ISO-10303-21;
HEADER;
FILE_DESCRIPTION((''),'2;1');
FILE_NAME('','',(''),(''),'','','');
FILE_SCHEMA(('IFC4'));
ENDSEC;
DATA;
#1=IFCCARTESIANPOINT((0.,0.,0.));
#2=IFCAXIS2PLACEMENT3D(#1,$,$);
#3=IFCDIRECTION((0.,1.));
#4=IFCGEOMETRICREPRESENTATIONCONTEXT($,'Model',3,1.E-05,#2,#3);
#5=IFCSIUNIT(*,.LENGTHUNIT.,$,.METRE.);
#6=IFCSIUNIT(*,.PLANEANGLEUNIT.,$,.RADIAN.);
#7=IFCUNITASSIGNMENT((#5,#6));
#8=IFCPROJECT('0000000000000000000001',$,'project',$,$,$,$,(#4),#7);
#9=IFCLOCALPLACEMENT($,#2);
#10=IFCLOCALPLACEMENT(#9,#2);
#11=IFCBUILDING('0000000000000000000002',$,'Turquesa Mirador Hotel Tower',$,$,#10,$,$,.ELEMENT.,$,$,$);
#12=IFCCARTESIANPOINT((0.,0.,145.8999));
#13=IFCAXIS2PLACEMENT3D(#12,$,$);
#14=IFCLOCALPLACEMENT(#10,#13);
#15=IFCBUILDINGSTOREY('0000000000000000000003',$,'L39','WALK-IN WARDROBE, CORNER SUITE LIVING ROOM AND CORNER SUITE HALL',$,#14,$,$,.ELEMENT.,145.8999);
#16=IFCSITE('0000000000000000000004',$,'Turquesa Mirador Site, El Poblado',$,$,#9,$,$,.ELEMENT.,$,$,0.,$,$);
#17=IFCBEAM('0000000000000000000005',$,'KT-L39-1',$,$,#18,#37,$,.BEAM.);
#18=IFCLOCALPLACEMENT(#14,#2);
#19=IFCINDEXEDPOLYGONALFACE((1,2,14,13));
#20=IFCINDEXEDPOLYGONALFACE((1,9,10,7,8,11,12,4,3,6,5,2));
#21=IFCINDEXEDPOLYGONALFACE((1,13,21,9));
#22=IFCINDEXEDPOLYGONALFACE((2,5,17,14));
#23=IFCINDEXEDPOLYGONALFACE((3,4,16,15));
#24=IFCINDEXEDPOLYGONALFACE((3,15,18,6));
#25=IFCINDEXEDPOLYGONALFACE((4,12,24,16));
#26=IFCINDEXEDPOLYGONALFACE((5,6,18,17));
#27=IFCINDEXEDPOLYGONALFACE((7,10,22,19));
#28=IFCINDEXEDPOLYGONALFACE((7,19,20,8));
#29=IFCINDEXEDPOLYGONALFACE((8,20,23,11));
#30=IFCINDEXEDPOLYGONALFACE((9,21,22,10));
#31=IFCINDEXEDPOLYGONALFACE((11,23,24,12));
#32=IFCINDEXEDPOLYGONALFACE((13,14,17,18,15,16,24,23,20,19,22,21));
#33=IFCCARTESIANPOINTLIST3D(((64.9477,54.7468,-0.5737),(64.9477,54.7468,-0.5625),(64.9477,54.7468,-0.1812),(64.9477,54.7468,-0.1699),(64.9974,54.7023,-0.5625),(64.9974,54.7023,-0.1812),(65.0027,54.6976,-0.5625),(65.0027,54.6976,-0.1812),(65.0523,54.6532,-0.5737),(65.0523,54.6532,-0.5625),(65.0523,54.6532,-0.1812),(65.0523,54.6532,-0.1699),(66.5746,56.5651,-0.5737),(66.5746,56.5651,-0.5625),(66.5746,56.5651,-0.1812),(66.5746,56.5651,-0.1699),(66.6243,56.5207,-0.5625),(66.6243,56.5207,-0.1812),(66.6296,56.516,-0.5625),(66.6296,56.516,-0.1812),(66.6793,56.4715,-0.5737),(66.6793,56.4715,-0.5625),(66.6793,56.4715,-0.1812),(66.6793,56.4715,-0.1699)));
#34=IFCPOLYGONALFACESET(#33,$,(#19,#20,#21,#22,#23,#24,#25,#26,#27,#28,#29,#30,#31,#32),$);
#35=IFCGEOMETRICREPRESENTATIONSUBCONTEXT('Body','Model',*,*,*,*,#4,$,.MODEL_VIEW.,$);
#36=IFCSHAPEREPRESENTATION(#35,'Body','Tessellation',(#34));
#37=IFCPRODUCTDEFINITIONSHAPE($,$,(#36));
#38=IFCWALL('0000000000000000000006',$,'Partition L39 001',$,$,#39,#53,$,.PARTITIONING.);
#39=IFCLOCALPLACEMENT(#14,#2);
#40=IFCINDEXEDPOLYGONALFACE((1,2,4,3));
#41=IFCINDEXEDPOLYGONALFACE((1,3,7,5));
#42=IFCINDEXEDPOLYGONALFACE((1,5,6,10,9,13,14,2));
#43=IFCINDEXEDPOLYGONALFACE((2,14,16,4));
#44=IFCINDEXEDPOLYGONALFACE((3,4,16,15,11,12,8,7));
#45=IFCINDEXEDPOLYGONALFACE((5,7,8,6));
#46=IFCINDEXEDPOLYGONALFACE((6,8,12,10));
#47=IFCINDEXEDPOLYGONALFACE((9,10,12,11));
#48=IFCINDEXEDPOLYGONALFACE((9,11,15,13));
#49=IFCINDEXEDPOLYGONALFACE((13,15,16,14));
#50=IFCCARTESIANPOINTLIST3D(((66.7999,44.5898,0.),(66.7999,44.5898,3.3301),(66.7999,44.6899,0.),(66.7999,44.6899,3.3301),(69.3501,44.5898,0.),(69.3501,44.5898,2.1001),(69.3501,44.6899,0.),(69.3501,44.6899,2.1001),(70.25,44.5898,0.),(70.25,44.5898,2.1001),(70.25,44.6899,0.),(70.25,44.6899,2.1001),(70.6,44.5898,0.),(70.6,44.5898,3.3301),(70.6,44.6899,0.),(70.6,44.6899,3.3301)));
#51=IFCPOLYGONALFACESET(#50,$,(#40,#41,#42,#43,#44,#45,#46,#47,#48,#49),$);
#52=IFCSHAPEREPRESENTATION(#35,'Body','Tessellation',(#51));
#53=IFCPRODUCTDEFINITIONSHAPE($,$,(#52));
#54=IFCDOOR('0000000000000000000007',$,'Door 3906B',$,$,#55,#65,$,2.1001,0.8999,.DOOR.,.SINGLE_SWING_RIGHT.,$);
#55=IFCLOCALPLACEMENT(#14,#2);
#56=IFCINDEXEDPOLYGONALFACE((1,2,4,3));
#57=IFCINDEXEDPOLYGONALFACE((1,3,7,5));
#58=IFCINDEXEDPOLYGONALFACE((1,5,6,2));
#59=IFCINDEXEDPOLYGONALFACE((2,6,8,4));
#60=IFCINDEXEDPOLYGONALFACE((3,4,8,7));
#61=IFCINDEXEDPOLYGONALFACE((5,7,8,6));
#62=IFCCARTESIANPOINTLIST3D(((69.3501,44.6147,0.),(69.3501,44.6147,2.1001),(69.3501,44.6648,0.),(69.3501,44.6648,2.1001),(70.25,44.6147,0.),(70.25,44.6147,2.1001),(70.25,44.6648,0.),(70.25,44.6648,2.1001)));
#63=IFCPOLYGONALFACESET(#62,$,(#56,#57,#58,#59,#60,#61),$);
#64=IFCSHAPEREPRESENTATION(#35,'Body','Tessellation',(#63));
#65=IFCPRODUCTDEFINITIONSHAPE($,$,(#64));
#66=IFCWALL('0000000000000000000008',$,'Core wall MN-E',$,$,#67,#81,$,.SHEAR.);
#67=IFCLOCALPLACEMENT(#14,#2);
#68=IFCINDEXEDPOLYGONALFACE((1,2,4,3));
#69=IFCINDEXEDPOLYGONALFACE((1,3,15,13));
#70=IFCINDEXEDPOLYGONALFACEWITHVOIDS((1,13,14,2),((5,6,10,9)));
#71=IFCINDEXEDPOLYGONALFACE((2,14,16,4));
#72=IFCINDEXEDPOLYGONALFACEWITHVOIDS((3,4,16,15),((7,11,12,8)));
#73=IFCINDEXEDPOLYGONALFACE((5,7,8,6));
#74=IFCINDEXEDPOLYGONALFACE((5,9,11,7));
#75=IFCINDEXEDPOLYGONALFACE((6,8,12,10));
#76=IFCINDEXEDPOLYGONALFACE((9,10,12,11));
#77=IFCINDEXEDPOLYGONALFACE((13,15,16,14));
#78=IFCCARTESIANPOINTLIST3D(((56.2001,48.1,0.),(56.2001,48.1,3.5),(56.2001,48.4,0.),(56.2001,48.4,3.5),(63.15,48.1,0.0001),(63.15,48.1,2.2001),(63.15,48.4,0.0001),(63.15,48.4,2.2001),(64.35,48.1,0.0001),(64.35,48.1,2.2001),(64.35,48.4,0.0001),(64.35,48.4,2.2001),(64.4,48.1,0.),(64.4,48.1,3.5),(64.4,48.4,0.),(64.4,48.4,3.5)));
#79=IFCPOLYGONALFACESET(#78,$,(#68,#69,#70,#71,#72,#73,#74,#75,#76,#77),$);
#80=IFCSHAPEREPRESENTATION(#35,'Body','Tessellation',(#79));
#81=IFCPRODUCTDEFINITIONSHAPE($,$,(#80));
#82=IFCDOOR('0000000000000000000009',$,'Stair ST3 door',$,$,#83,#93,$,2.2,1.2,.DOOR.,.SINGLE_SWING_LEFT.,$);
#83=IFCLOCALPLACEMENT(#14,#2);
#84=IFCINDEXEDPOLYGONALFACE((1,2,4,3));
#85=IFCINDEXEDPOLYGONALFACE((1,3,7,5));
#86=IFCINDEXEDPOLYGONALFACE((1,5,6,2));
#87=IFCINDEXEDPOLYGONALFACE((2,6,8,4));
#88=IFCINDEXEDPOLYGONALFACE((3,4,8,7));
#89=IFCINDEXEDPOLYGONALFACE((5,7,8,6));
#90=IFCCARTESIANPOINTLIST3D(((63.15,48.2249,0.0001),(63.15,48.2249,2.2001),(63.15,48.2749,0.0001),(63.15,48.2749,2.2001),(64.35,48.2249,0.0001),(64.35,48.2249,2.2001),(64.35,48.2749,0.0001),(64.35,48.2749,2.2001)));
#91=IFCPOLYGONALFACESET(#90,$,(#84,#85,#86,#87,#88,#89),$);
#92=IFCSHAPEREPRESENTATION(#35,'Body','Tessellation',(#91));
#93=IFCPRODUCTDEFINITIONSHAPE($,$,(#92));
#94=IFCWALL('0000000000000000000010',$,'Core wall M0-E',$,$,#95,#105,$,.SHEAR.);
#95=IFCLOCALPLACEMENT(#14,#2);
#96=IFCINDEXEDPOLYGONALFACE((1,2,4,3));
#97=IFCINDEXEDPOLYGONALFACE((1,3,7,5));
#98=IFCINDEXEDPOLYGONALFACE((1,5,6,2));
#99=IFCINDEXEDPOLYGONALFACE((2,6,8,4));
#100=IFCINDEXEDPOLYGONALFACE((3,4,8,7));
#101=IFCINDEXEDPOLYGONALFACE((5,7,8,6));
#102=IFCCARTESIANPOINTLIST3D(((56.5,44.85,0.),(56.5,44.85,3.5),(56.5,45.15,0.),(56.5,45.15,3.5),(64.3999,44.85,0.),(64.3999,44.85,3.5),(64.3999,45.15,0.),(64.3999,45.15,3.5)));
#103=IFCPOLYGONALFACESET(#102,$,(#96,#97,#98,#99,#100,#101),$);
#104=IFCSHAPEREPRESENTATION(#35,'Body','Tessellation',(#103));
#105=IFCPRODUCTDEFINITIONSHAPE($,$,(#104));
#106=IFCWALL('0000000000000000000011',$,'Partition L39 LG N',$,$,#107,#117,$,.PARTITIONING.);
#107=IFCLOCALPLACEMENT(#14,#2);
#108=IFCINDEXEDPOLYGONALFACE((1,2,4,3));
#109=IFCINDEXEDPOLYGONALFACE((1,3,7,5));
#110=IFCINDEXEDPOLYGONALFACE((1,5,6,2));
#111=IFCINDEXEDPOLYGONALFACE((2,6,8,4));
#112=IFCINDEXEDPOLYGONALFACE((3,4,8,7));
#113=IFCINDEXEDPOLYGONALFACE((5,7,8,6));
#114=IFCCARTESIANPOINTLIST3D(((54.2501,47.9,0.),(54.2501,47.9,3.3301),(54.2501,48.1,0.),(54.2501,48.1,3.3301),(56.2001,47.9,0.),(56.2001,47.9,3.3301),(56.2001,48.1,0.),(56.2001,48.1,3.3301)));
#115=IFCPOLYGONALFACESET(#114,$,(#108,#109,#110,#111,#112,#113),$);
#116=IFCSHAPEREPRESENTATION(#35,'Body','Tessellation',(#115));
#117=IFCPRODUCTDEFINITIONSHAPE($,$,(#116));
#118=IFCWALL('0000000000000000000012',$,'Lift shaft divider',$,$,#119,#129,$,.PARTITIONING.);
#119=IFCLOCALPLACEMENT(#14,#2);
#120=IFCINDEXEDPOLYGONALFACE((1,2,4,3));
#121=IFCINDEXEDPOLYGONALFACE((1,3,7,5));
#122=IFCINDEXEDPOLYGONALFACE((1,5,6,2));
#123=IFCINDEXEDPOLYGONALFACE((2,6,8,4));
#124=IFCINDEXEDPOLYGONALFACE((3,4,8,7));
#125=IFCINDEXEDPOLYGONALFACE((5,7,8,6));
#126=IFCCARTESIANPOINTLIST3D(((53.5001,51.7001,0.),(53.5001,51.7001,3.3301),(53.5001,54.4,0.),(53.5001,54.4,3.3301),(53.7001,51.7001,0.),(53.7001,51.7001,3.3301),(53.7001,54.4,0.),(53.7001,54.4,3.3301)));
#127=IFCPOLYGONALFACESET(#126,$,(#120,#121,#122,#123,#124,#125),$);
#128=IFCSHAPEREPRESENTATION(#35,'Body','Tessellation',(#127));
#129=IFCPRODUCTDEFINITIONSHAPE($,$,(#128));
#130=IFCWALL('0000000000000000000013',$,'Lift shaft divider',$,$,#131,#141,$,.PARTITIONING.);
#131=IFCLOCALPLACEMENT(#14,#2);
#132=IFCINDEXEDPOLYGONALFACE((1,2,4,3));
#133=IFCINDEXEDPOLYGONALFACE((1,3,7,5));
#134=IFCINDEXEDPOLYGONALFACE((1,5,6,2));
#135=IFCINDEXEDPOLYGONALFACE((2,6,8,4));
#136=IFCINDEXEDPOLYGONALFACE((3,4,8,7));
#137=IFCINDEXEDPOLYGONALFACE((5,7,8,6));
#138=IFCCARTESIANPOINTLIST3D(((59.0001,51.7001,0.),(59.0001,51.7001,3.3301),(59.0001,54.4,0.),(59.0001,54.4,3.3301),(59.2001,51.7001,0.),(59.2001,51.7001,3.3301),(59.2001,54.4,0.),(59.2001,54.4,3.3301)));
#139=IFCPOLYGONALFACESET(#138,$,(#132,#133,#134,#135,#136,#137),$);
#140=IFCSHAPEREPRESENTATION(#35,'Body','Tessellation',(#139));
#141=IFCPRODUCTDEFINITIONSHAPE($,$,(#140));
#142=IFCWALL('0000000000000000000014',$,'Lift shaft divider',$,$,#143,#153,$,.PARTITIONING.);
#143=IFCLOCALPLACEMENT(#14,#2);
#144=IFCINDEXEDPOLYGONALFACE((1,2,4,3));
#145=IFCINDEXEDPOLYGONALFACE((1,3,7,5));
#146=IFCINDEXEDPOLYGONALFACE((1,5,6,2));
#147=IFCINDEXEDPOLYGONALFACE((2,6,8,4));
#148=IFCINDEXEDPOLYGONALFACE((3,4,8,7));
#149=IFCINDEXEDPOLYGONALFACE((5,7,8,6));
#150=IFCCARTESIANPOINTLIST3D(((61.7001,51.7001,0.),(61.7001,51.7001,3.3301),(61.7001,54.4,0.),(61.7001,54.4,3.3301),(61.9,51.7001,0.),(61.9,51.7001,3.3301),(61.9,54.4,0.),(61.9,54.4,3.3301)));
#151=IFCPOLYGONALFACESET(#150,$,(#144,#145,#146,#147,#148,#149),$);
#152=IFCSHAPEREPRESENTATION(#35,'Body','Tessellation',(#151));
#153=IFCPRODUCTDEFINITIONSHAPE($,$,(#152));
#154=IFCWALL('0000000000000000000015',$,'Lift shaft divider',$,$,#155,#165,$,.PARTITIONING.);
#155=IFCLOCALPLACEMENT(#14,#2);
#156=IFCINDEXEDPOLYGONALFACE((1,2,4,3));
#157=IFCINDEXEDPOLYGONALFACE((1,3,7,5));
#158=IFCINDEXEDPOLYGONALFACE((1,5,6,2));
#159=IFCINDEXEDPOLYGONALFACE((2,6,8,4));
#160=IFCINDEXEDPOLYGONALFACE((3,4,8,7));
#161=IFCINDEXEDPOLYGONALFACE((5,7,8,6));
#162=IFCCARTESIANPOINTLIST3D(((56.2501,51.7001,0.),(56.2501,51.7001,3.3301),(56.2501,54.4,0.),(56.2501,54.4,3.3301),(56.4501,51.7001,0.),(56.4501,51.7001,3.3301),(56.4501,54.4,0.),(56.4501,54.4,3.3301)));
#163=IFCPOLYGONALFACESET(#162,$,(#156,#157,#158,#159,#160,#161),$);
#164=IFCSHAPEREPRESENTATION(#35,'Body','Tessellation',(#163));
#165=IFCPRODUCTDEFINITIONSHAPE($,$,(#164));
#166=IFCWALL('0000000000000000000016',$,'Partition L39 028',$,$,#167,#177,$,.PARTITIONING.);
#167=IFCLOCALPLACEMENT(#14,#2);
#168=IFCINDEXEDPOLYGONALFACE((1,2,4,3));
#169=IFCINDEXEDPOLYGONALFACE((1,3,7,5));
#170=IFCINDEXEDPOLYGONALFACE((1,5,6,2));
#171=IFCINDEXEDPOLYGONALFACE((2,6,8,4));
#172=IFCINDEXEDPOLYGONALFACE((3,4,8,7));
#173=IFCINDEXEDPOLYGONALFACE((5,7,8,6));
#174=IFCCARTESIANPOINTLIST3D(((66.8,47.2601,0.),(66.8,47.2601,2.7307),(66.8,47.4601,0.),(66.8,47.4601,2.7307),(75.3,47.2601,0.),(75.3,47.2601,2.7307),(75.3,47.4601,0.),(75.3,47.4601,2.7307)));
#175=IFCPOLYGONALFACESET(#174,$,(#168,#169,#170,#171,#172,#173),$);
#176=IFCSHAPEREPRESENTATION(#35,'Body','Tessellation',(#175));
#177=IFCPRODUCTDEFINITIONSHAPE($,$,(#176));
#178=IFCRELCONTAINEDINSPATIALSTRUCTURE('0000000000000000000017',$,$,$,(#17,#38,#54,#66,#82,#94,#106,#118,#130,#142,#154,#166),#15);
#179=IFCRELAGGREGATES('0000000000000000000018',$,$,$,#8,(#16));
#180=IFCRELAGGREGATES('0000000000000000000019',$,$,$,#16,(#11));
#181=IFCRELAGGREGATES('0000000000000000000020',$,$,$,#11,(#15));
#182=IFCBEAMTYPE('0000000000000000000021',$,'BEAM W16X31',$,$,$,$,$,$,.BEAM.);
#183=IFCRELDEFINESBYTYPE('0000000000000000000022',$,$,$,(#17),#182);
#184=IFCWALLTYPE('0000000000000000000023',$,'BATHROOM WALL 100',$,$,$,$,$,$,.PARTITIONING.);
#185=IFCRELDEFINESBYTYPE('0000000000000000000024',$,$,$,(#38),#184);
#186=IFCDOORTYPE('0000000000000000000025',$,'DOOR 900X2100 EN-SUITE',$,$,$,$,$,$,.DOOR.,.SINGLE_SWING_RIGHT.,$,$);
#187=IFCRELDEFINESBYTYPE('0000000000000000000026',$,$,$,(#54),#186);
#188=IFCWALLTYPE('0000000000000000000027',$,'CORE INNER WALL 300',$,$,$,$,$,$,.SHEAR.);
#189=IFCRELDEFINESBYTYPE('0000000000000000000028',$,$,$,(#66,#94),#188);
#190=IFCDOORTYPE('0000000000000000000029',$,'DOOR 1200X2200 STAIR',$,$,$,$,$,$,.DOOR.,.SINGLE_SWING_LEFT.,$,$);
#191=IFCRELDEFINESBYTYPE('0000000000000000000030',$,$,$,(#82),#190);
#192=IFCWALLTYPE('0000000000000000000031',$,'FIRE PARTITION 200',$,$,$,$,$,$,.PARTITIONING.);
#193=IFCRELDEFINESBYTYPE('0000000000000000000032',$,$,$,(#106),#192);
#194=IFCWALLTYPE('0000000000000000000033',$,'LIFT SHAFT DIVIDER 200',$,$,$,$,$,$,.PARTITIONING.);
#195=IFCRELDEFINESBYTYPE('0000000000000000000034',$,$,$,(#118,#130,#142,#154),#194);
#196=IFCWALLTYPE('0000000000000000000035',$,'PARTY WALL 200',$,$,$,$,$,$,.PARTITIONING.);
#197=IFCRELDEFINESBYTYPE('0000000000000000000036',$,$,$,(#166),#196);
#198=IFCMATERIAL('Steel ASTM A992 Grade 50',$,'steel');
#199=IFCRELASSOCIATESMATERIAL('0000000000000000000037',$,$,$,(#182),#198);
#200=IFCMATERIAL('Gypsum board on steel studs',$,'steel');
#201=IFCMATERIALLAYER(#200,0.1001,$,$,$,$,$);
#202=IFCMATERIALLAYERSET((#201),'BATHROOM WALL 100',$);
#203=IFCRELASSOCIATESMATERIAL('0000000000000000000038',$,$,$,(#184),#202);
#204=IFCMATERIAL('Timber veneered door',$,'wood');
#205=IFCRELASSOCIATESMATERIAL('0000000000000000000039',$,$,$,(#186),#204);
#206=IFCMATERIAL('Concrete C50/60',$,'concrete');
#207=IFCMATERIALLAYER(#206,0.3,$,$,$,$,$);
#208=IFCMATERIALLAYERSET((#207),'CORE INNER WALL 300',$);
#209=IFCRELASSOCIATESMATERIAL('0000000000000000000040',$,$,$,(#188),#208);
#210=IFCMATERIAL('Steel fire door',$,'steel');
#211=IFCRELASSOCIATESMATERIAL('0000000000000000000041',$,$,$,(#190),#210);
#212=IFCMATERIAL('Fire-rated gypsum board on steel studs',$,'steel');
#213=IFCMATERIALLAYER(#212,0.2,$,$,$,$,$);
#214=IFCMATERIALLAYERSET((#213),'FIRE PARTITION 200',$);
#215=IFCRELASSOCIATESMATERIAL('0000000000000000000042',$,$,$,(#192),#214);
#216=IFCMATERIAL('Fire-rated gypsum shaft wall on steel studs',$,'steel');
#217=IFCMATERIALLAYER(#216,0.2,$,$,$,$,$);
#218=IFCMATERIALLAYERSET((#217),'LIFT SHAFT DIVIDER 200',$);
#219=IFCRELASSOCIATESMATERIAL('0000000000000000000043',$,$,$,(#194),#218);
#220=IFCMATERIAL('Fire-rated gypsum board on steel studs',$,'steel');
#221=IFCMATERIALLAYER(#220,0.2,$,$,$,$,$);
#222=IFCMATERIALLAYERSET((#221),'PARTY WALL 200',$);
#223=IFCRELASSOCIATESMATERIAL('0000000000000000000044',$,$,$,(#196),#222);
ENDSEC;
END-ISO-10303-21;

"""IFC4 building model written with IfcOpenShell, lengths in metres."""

from ifc_helpers import new_model, si_unit, direction, frame, frame_2d, origin, origin_2d, place, context, subcontext, project, spatial, rectangle, i_section, extrude, material, layer, layer_set, material_profile, profile_set, type_object, element, fill, save


model = new_model("IFC4")

# Units and contexts
model_context = context("Model", 3, precision=1e-05, world=origin(), true_north=direction((0.0, 1.0)))
body_context = subcontext(model_context, "Body", "Model", "MODEL_VIEW")
ifc_project = project(units=[si_unit("LENGTHUNIT", "METRE"), si_unit("PLANEANGLEUNIT", "RADIAN")], contexts=[model_context])

# Site, building, storey
site_placement = place(None, origin())
site = spatial("IfcSite", under=ifc_project, at=site_placement, Name="Turquesa Mirador Site, El Poblado", CompositionType="ELEMENT", RefElevation=0.0)
building_placement = place(site_placement, origin())
building = spatial("IfcBuilding", under=site, at=building_placement, Name="Turquesa Mirador Hotel Tower", CompositionType="ELEMENT")
storey_placement = place(building_placement, frame((0.0, 0.0, 145.8999)))
storey = spatial("IfcBuildingStorey", under=building, at=storey_placement, Name="L39", Description="WALK-IN WARDROBE, CORNER SUITE LIVING ROOM AND CORNER SUITE HALL", CompositionType="ELEMENT", Elevation=145.8999)

# Beam
ifc_material_1 = material(Name="Steel ASTM A992 Grade 50", Category="steel")
ifc_material_profile = material_profile(ifc_material_1, i_section(OverallWidth=0.1404, OverallDepth=0.4038, WebThickness=0.0071, FlangeThickness=0.0112, at=origin_2d()), Name="W16X31")
ifc_profile_set = profile_set([ifc_material_profile], Name="Steel ASTM A992 Grade 50")
beam_type = type_object("IfcBeamType", Name="BEAM W16X31", PredefinedType="BEAM", material=ifc_profile_set)
beam_placement = place(storey_placement, frame((66.627, 56.5183, -0.3718), z_axis=(-0.666795, -0.745241, 0.0), x_axis=(0.745241, -0.666795, 0.0)))
element("IfcBeam", 1, at=beam_placement, inside=storey, type_object=beam_type, Name="KT-L39-1", PredefinedType="BEAM", context=body_context, shape_type="SweptSolid", body=[
    extrude(i_section(OverallWidth=0.1404, OverallDepth=0.4038, WebThickness=0.0071, FlangeThickness=0.0112, at=origin_2d()), origin(), (0.0, 0.0, 1.0), 2.4399),
])

# Walls, openings, doors
ifc_material_2 = material(Name="Gypsum board on steel studs", Category="steel")
ifc_layer_1 = layer(ifc_material_2, 0.1001)
ifc_layer_set_1 = layer_set([ifc_layer_1], Name="BATHROOM WALL 100")
wall_type_1 = type_object("IfcWallType", Name="BATHROOM WALL 100", PredefinedType="PARTITIONING", material=ifc_layer_set_1)
wall_1_placement = place(storey_placement, frame((66.8, 44.6399, 0.0), z_axis=(0.0, 0.0, 1.0), x_axis=(1.0, 0.0, 0.0)))
wall_1 = element("IfcWall", 2, at=wall_1_placement, inside=storey, type_object=wall_type_1, Name="Partition L39 001", PredefinedType="PARTITIONING", context=body_context, shape_type="SweptSolid", body=[
    extrude(rectangle(XDim=3.8, YDim=0.1001, at=frame_2d((1.8999, 0.0))), origin(), (0.0, 0.0, 1.0), 3.3301),
])
opening_1_placement = place(wall_1_placement, frame((2.55, 0.0, 0.0)))
opening_1 = element("IfcOpeningElement", 3, at=opening_1_placement, cuts=wall_1, PredefinedType="OPENING", context=body_context, shape_type="SweptSolid", body=[
    extrude(rectangle(XDim=0.8999, YDim=2.1001, at=frame_2d((0.45, 1.05))), frame((0.0, 0.0601, 0.0), z_axis=(0.0, -1.0, 0.0), x_axis=(1.0, 0.0, 0.0)), (0.0, 0.0, 1.0), 0.1201),
])
ifc_material_3 = material(Name="Timber veneered door", Category="wood")
door_type_1 = type_object("IfcDoorType", Name="DOOR 900X2100 EN-SUITE", OperationType="SINGLE_SWING_RIGHT", PredefinedType="DOOR", material=ifc_material_3)
door_1_placement = place(opening_1_placement, origin())
door_1 = element("IfcDoor", 4, at=door_1_placement, inside=storey, type_object=door_type_1, Name="Door 3906B", OperationType="SINGLE_SWING_RIGHT", OverallHeight=2.1001, OverallWidth=0.8999, PredefinedType="DOOR", context=body_context, shape_type="SweptSolid", body=[
    extrude(rectangle(XDim=0.8999, YDim=2.1001, at=frame_2d((0.45, 1.05))), frame((0.0, 0.0249, 0.0), z_axis=(0.0, -1.0, 0.0), x_axis=(1.0, 0.0, 0.0)), (0.0, 0.0, 1.0), 0.05),
])
fill(opening_1, door_1)
ifc_material_4 = material(Name="Concrete C50/60", Category="concrete")
ifc_layer_2 = layer(ifc_material_4, 0.3)
ifc_layer_set_2 = layer_set([ifc_layer_2], Name="CORE INNER WALL 300")
wall_type_2 = type_object("IfcWallType", Name="CORE INNER WALL 300", PredefinedType="SHEAR", material=ifc_layer_set_2)
wall_2_placement = place(storey_placement, frame((56.2, 48.25, 0.0), z_axis=(0.0, 0.0, 1.0), x_axis=(1.0, 0.0, 0.0)))
wall_2 = element("IfcWall", 5, at=wall_2_placement, inside=storey, type_object=wall_type_2, Name="Core wall MN-E", PredefinedType="SHEAR", context=body_context, shape_type="SweptSolid", body=[
    extrude(rectangle(XDim=8.2, YDim=0.3, at=frame_2d((4.1001, 0.0))), origin(), (0.0, 0.0, 1.0), 3.5),
])
opening_2_placement = place(wall_2_placement, frame((6.95, 0.0, 0.0)))
opening_2 = element("IfcOpeningElement", 6, at=opening_2_placement, cuts=wall_2, PredefinedType="OPENING", context=body_context, shape_type="SweptSolid", body=[
    extrude(rectangle(XDim=1.2, YDim=2.2, at=frame_2d((0.6001, 1.1001))), frame((0.0, 0.1599, 0.0), z_axis=(0.0, -1.0, 0.0), x_axis=(1.0, 0.0, 0.0)), (0.0, 0.0, 1.0), 0.3201),
])
ifc_material_5 = material(Name="Steel fire door", Category="steel")
door_type_2 = type_object("IfcDoorType", Name="DOOR 1200X2200 STAIR", OperationType="SINGLE_SWING_LEFT", PredefinedType="DOOR", material=ifc_material_5)
door_2_placement = place(opening_2_placement, origin())
door_2 = element("IfcDoor", 7, at=door_2_placement, inside=storey, type_object=door_type_2, Name="Stair ST3 door", OperationType="SINGLE_SWING_LEFT", OverallHeight=2.2, OverallWidth=1.2, PredefinedType="DOOR", context=body_context, shape_type="SweptSolid", body=[
    extrude(rectangle(XDim=1.2, YDim=2.2, at=frame_2d((0.6001, 1.1001))), frame((0.0, 0.0249, 0.0), z_axis=(0.0, -1.0, 0.0), x_axis=(1.0, 0.0, 0.0)), (0.0, 0.0, 1.0), 0.05),
])
fill(opening_2, door_2)

# Walls
wall_3_placement = place(storey_placement, frame((56.5, 45.0, 0.0), z_axis=(0.0, 0.0, 1.0), x_axis=(1.0, 0.0, 0.0)))
element("IfcWall", 8, at=wall_3_placement, inside=storey, type_object=wall_type_2, Name="Core wall M0-E", PredefinedType="SHEAR", context=body_context, shape_type="SweptSolid", body=[
    extrude(rectangle(XDim=7.8999, YDim=0.3, at=frame_2d((3.95, 0.0))), origin(), (0.0, 0.0, 1.0), 3.5),
])
ifc_material_6 = material(Name="Fire-rated gypsum board on steel studs", Category="steel")
ifc_layer_3 = layer(ifc_material_6, 0.2)
ifc_layer_set_3 = layer_set([ifc_layer_3], Name="FIRE PARTITION 200")
wall_type_3 = type_object("IfcWallType", Name="FIRE PARTITION 200", PredefinedType="PARTITIONING", material=ifc_layer_set_3)
wall_4_placement = place(storey_placement, frame((54.25, 48.0, 0.0), z_axis=(0.0, 0.0, 1.0), x_axis=(1.0, 0.0, 0.0)))
element("IfcWall", 9, at=wall_4_placement, inside=storey, type_object=wall_type_3, Name="Partition L39 LG N", PredefinedType="PARTITIONING", context=body_context, shape_type="SweptSolid", body=[
    extrude(rectangle(XDim=1.95, YDim=0.2, at=frame_2d((0.9751, 0.0))), origin(), (0.0, 0.0, 1.0), 3.3301),
])
ifc_material_7 = material(Name="Fire-rated gypsum shaft wall on steel studs", Category="steel")
ifc_layer_4 = layer(ifc_material_7, 0.2)
ifc_layer_set_4 = layer_set([ifc_layer_4], Name="LIFT SHAFT DIVIDER 200")
wall_type_4 = type_object("IfcWallType", Name="LIFT SHAFT DIVIDER 200", PredefinedType="PARTITIONING", material=ifc_layer_set_4)
for number, where, z_axis, x_axis, name in (
    (10, (53.6001, 51.7, 0.0), (0.0, 0.0, 1.0), (0.0, 1.0, 0.0), "Lift shaft divider"),
    (11, (59.1001, 51.7, 0.0), (0.0, 0.0, 1.0), (0.0, 1.0, 0.0), "Lift shaft divider"),
    (12, (61.8, 51.7, 0.0), (0.0, 0.0, 1.0), (0.0, 1.0, 0.0), "Lift shaft divider"),
    (13, (56.3501, 51.7, 0.0), (0.0, 0.0, 1.0), (0.0, 1.0, 0.0), "Lift shaft divider"),
):
    element("IfcWall", number, at=place(storey_placement, frame(where, z_axis=z_axis, x_axis=x_axis)), inside=storey, type_object=wall_type_4, Name=name, PredefinedType="PARTITIONING", context=body_context, shape_type="SweptSolid", body=[
        extrude(rectangle(XDim=2.7, YDim=0.2, at=frame_2d((1.3501, 0.0))), origin(), (0.0, 0.0, 1.0), 3.3301),
    ])
ifc_material_8 = material(Name="Fire-rated gypsum board on steel studs", Category="steel")
ifc_layer_5 = layer(ifc_material_8, 0.2)
ifc_layer_set_5 = layer_set([ifc_layer_5], Name="PARTY WALL 200")
wall_type_5 = type_object("IfcWallType", Name="PARTY WALL 200", PredefinedType="PARTITIONING", material=ifc_layer_set_5)
wall_5_placement = place(storey_placement, frame((66.8, 47.3601, 0.0), z_axis=(0.0, 0.0, 1.0), x_axis=(1.0, 0.0, 0.0)))
element("IfcWall", 14, at=wall_5_placement, inside=storey, type_object=wall_type_5, Name="Partition L39 028", PredefinedType="PARTITIONING", context=body_context, shape_type="SweptSolid", body=[
    extrude(rectangle(XDim=8.5, YDim=0.2, at=frame_2d((4.25, 0.0))), origin(), (0.0, 0.0, 1.0), 2.7307),
])

save(model, "model.ifc")
